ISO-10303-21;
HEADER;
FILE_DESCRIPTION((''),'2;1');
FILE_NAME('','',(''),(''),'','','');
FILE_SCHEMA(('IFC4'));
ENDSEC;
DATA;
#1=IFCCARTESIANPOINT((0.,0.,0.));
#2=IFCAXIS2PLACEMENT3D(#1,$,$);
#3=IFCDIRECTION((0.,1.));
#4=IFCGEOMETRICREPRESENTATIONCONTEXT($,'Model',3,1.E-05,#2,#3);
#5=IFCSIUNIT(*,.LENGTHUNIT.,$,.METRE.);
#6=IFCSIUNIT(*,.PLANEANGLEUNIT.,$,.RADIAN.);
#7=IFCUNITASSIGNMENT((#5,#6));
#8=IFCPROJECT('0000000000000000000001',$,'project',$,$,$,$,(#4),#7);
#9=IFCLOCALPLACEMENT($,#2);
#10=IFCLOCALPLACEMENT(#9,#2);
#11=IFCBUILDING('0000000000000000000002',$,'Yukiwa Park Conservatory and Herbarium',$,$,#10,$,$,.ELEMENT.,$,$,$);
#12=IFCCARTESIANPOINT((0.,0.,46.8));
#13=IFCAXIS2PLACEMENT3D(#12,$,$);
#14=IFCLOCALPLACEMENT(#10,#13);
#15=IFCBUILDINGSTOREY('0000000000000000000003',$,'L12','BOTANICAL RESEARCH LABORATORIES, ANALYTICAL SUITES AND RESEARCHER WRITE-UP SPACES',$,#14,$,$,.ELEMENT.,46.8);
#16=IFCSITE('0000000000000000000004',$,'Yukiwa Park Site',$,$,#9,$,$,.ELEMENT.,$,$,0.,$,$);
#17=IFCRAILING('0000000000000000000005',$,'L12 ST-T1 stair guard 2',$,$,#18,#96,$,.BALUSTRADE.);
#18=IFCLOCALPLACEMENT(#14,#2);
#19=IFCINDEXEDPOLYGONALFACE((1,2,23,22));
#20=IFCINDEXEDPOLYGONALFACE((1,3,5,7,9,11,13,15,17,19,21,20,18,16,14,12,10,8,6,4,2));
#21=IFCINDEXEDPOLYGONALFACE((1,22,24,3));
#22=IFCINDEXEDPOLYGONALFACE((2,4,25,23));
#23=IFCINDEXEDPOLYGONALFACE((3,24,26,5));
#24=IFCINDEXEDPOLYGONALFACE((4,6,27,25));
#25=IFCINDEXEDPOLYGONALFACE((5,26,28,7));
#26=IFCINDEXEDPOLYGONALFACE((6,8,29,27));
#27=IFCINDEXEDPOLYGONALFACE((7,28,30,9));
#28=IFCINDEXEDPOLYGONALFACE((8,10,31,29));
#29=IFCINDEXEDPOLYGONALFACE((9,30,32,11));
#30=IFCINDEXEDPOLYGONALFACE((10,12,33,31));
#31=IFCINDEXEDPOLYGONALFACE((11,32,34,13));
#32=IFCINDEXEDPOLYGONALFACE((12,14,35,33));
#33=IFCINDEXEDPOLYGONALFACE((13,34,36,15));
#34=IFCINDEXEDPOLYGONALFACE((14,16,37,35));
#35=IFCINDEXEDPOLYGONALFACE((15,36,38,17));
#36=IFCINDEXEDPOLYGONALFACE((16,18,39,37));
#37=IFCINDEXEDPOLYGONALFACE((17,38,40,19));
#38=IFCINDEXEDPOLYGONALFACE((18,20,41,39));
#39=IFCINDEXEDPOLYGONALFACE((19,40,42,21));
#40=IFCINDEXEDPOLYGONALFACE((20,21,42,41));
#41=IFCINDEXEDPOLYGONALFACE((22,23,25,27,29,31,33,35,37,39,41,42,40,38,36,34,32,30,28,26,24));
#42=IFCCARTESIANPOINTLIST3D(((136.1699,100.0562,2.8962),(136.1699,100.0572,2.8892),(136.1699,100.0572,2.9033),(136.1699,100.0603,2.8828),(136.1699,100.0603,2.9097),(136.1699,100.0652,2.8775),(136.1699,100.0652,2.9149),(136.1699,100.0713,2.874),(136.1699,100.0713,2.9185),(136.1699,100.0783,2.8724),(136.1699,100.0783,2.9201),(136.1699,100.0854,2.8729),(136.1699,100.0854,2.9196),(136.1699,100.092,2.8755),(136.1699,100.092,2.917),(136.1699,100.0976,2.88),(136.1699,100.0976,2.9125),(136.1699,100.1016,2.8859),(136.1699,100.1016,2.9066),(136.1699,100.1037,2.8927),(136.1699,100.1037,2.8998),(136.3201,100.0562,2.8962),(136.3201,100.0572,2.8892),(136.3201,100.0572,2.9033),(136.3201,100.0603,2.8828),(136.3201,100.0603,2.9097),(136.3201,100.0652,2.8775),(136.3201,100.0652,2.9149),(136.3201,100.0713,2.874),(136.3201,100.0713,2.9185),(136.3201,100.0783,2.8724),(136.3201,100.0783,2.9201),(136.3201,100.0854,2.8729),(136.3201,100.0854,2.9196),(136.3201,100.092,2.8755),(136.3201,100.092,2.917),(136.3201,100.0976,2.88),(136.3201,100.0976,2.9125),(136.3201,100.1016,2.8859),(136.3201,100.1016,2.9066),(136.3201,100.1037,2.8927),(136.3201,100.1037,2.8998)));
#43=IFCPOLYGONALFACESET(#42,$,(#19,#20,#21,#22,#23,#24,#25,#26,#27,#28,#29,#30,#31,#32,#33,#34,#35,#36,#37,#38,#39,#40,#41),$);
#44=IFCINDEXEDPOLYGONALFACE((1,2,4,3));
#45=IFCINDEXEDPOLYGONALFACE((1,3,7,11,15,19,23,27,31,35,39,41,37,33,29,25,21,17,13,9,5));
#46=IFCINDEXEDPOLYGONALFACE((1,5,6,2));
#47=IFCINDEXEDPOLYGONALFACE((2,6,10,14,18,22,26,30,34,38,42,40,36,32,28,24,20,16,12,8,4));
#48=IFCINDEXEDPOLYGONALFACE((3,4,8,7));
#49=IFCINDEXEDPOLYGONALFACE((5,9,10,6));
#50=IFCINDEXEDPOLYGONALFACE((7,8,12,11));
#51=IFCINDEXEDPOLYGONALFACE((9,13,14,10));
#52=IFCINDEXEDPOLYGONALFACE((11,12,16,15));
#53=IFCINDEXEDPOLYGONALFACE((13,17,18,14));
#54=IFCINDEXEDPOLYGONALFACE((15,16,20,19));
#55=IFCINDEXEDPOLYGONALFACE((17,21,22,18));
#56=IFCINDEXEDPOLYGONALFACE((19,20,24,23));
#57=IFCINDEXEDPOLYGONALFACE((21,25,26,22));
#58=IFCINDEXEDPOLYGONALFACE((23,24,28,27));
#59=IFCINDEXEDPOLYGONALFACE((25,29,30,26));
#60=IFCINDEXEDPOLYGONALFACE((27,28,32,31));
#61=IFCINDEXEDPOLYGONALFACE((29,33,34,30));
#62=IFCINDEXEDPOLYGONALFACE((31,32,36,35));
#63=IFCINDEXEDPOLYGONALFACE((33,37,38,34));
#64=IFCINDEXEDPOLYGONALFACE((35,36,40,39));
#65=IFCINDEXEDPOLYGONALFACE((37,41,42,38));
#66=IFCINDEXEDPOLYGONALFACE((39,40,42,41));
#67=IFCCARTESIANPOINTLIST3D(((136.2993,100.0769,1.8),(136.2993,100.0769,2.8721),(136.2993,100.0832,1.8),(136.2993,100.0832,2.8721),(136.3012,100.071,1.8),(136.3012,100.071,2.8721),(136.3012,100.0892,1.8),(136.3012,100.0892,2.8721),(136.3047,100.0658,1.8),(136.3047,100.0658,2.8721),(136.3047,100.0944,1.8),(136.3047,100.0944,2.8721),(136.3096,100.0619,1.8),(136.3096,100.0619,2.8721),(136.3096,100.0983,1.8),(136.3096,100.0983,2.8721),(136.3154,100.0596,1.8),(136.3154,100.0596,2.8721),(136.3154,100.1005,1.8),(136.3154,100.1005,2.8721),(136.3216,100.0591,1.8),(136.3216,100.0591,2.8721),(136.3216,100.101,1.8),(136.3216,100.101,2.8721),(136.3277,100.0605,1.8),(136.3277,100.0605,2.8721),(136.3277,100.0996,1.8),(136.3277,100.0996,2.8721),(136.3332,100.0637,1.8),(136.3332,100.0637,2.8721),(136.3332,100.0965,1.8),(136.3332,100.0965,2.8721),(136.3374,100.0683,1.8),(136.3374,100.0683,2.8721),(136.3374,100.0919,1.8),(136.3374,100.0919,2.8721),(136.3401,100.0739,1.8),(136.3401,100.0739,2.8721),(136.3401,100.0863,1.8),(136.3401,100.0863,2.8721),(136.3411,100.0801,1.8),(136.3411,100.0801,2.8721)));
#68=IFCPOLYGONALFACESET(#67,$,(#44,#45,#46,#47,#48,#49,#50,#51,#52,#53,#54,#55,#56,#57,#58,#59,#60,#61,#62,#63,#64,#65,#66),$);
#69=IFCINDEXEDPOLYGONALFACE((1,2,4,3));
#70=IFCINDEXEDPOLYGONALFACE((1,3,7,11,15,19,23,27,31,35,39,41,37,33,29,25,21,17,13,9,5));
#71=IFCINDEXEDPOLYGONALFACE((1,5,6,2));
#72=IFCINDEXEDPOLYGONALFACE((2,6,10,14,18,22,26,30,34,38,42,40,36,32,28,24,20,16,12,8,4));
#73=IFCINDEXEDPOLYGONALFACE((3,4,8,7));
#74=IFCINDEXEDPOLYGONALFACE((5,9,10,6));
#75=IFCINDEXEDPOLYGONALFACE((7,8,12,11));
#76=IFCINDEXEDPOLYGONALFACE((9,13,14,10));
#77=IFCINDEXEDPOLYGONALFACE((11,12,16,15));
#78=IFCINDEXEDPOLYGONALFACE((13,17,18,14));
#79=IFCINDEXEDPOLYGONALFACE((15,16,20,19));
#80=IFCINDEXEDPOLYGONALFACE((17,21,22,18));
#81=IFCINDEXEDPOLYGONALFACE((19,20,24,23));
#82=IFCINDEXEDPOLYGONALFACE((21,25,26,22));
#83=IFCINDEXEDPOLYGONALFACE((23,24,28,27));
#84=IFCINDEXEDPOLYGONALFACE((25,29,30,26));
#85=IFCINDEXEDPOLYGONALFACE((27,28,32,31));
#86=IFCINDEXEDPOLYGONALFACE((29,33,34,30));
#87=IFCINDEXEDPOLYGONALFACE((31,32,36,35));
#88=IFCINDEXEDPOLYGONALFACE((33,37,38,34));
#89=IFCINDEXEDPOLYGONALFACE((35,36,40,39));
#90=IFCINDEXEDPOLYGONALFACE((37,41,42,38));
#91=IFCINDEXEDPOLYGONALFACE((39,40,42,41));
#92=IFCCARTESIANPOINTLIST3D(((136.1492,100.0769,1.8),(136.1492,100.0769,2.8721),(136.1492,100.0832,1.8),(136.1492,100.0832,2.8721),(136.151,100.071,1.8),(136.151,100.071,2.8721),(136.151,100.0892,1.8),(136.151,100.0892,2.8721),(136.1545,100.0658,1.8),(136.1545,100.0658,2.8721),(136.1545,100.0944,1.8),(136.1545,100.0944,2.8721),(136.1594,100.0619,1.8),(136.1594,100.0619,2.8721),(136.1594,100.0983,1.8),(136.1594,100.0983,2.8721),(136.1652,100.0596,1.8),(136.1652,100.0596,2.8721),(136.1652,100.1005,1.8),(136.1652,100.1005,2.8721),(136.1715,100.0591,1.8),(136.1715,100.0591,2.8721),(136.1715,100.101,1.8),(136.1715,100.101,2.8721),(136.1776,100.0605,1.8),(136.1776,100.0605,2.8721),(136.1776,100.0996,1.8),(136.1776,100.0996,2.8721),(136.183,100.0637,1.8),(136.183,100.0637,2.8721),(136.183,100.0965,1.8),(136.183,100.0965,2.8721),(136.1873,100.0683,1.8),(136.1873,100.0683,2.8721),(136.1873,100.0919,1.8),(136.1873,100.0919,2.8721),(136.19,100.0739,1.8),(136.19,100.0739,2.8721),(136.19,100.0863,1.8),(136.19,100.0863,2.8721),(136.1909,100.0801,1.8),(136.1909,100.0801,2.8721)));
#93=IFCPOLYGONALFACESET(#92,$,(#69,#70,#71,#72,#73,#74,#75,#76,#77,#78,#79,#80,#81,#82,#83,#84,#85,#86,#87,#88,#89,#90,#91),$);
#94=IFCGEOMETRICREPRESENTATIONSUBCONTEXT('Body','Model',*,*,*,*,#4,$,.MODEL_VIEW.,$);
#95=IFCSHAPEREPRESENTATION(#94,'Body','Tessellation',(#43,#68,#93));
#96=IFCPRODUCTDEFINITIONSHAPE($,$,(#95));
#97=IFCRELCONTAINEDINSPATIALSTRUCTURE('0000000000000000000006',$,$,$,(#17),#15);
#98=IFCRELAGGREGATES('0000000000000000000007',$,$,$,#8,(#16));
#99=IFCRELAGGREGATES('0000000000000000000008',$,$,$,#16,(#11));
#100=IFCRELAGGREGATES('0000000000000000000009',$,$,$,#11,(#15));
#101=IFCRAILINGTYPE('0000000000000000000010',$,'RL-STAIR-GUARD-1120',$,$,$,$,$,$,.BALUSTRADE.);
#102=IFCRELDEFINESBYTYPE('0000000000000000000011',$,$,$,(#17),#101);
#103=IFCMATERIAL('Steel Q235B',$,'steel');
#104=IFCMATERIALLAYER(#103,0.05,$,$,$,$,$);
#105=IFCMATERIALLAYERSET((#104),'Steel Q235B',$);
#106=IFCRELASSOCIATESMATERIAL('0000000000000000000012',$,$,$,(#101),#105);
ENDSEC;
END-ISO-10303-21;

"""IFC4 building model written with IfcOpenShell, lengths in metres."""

from ifc_helpers import new_model, si_unit, direction, frame, origin, origin_2d, place, context, subcontext, project, spatial, circle, extrude, material, layer, layer_set, type_object, element, save


model = new_model("IFC4")

# Units and contexts
model_context = context("Model", 3, precision=1e-05, world=origin(), true_north=direction((0.0, 1.0)))
body_context = subcontext(model_context, "Body", "Model", "MODEL_VIEW")
ifc_project = project(units=[si_unit("LENGTHUNIT", "METRE"), si_unit("PLANEANGLEUNIT", "RADIAN")], contexts=[model_context])

# Site, building, storey
site_placement = place(None, origin())
site = spatial("IfcSite", under=ifc_project, at=site_placement, Name="Yukiwa Park Site", CompositionType="ELEMENT", RefElevation=0.0)
building_placement = place(site_placement, origin())
building = spatial("IfcBuilding", under=site, at=building_placement, Name="Yukiwa Park Conservatory and Herbarium", CompositionType="ELEMENT")
storey_placement = place(building_placement, frame((0.0, 0.0, 46.8)))
storey = spatial("IfcBuildingStorey", under=building, at=storey_placement, Name="L12", Description="BOTANICAL RESEARCH LABORATORIES, ANALYTICAL SUITES AND RESEARCHER WRITE-UP SPACES", CompositionType="ELEMENT", Elevation=46.8)

# Railing
ifc_material_1 = material(Name="Steel Q235B", Category="steel")
ifc_layer_1 = layer(ifc_material_1, 0.05)
ifc_layer_set_1 = layer_set([ifc_layer_1], Name="Steel Q235B")
railing_type = type_object("IfcRailingType", Name="RL-STAIR-GUARD-1120", PredefinedType="BALUSTRADE", material=ifc_layer_set_1)
railing_1_placement = place(storey_placement, frame((136.3201, 100.0801, 1.8)))
element("IfcRailing", 1, at=railing_1_placement, inside=storey, type_object=railing_type, Name="L12 ST-T1 stair guard 2", PredefinedType="BALUSTRADE", context=body_context, shape_type="SweptSolid", body=[
    extrude(circle(Radius=0.0239, at=origin_2d()), frame((0.0, 0.0, 1.0962), z_axis=(-1.0, 0.0, 0.0), x_axis=(0.0, -1.0, 0.0)), (0.0, 0.0, 1.0), 0.1501),
    extrude(circle(Radius=0.021, at=origin_2d()), origin(), (0.0, 0.0, 1.0), 1.072),
    extrude(circle(Radius=0.021, at=origin_2d()), frame((-0.1501, 0.0, 0.0)), (0.0, 0.0, 1.0), 1.072),
])

save(model, "model.ifc")
